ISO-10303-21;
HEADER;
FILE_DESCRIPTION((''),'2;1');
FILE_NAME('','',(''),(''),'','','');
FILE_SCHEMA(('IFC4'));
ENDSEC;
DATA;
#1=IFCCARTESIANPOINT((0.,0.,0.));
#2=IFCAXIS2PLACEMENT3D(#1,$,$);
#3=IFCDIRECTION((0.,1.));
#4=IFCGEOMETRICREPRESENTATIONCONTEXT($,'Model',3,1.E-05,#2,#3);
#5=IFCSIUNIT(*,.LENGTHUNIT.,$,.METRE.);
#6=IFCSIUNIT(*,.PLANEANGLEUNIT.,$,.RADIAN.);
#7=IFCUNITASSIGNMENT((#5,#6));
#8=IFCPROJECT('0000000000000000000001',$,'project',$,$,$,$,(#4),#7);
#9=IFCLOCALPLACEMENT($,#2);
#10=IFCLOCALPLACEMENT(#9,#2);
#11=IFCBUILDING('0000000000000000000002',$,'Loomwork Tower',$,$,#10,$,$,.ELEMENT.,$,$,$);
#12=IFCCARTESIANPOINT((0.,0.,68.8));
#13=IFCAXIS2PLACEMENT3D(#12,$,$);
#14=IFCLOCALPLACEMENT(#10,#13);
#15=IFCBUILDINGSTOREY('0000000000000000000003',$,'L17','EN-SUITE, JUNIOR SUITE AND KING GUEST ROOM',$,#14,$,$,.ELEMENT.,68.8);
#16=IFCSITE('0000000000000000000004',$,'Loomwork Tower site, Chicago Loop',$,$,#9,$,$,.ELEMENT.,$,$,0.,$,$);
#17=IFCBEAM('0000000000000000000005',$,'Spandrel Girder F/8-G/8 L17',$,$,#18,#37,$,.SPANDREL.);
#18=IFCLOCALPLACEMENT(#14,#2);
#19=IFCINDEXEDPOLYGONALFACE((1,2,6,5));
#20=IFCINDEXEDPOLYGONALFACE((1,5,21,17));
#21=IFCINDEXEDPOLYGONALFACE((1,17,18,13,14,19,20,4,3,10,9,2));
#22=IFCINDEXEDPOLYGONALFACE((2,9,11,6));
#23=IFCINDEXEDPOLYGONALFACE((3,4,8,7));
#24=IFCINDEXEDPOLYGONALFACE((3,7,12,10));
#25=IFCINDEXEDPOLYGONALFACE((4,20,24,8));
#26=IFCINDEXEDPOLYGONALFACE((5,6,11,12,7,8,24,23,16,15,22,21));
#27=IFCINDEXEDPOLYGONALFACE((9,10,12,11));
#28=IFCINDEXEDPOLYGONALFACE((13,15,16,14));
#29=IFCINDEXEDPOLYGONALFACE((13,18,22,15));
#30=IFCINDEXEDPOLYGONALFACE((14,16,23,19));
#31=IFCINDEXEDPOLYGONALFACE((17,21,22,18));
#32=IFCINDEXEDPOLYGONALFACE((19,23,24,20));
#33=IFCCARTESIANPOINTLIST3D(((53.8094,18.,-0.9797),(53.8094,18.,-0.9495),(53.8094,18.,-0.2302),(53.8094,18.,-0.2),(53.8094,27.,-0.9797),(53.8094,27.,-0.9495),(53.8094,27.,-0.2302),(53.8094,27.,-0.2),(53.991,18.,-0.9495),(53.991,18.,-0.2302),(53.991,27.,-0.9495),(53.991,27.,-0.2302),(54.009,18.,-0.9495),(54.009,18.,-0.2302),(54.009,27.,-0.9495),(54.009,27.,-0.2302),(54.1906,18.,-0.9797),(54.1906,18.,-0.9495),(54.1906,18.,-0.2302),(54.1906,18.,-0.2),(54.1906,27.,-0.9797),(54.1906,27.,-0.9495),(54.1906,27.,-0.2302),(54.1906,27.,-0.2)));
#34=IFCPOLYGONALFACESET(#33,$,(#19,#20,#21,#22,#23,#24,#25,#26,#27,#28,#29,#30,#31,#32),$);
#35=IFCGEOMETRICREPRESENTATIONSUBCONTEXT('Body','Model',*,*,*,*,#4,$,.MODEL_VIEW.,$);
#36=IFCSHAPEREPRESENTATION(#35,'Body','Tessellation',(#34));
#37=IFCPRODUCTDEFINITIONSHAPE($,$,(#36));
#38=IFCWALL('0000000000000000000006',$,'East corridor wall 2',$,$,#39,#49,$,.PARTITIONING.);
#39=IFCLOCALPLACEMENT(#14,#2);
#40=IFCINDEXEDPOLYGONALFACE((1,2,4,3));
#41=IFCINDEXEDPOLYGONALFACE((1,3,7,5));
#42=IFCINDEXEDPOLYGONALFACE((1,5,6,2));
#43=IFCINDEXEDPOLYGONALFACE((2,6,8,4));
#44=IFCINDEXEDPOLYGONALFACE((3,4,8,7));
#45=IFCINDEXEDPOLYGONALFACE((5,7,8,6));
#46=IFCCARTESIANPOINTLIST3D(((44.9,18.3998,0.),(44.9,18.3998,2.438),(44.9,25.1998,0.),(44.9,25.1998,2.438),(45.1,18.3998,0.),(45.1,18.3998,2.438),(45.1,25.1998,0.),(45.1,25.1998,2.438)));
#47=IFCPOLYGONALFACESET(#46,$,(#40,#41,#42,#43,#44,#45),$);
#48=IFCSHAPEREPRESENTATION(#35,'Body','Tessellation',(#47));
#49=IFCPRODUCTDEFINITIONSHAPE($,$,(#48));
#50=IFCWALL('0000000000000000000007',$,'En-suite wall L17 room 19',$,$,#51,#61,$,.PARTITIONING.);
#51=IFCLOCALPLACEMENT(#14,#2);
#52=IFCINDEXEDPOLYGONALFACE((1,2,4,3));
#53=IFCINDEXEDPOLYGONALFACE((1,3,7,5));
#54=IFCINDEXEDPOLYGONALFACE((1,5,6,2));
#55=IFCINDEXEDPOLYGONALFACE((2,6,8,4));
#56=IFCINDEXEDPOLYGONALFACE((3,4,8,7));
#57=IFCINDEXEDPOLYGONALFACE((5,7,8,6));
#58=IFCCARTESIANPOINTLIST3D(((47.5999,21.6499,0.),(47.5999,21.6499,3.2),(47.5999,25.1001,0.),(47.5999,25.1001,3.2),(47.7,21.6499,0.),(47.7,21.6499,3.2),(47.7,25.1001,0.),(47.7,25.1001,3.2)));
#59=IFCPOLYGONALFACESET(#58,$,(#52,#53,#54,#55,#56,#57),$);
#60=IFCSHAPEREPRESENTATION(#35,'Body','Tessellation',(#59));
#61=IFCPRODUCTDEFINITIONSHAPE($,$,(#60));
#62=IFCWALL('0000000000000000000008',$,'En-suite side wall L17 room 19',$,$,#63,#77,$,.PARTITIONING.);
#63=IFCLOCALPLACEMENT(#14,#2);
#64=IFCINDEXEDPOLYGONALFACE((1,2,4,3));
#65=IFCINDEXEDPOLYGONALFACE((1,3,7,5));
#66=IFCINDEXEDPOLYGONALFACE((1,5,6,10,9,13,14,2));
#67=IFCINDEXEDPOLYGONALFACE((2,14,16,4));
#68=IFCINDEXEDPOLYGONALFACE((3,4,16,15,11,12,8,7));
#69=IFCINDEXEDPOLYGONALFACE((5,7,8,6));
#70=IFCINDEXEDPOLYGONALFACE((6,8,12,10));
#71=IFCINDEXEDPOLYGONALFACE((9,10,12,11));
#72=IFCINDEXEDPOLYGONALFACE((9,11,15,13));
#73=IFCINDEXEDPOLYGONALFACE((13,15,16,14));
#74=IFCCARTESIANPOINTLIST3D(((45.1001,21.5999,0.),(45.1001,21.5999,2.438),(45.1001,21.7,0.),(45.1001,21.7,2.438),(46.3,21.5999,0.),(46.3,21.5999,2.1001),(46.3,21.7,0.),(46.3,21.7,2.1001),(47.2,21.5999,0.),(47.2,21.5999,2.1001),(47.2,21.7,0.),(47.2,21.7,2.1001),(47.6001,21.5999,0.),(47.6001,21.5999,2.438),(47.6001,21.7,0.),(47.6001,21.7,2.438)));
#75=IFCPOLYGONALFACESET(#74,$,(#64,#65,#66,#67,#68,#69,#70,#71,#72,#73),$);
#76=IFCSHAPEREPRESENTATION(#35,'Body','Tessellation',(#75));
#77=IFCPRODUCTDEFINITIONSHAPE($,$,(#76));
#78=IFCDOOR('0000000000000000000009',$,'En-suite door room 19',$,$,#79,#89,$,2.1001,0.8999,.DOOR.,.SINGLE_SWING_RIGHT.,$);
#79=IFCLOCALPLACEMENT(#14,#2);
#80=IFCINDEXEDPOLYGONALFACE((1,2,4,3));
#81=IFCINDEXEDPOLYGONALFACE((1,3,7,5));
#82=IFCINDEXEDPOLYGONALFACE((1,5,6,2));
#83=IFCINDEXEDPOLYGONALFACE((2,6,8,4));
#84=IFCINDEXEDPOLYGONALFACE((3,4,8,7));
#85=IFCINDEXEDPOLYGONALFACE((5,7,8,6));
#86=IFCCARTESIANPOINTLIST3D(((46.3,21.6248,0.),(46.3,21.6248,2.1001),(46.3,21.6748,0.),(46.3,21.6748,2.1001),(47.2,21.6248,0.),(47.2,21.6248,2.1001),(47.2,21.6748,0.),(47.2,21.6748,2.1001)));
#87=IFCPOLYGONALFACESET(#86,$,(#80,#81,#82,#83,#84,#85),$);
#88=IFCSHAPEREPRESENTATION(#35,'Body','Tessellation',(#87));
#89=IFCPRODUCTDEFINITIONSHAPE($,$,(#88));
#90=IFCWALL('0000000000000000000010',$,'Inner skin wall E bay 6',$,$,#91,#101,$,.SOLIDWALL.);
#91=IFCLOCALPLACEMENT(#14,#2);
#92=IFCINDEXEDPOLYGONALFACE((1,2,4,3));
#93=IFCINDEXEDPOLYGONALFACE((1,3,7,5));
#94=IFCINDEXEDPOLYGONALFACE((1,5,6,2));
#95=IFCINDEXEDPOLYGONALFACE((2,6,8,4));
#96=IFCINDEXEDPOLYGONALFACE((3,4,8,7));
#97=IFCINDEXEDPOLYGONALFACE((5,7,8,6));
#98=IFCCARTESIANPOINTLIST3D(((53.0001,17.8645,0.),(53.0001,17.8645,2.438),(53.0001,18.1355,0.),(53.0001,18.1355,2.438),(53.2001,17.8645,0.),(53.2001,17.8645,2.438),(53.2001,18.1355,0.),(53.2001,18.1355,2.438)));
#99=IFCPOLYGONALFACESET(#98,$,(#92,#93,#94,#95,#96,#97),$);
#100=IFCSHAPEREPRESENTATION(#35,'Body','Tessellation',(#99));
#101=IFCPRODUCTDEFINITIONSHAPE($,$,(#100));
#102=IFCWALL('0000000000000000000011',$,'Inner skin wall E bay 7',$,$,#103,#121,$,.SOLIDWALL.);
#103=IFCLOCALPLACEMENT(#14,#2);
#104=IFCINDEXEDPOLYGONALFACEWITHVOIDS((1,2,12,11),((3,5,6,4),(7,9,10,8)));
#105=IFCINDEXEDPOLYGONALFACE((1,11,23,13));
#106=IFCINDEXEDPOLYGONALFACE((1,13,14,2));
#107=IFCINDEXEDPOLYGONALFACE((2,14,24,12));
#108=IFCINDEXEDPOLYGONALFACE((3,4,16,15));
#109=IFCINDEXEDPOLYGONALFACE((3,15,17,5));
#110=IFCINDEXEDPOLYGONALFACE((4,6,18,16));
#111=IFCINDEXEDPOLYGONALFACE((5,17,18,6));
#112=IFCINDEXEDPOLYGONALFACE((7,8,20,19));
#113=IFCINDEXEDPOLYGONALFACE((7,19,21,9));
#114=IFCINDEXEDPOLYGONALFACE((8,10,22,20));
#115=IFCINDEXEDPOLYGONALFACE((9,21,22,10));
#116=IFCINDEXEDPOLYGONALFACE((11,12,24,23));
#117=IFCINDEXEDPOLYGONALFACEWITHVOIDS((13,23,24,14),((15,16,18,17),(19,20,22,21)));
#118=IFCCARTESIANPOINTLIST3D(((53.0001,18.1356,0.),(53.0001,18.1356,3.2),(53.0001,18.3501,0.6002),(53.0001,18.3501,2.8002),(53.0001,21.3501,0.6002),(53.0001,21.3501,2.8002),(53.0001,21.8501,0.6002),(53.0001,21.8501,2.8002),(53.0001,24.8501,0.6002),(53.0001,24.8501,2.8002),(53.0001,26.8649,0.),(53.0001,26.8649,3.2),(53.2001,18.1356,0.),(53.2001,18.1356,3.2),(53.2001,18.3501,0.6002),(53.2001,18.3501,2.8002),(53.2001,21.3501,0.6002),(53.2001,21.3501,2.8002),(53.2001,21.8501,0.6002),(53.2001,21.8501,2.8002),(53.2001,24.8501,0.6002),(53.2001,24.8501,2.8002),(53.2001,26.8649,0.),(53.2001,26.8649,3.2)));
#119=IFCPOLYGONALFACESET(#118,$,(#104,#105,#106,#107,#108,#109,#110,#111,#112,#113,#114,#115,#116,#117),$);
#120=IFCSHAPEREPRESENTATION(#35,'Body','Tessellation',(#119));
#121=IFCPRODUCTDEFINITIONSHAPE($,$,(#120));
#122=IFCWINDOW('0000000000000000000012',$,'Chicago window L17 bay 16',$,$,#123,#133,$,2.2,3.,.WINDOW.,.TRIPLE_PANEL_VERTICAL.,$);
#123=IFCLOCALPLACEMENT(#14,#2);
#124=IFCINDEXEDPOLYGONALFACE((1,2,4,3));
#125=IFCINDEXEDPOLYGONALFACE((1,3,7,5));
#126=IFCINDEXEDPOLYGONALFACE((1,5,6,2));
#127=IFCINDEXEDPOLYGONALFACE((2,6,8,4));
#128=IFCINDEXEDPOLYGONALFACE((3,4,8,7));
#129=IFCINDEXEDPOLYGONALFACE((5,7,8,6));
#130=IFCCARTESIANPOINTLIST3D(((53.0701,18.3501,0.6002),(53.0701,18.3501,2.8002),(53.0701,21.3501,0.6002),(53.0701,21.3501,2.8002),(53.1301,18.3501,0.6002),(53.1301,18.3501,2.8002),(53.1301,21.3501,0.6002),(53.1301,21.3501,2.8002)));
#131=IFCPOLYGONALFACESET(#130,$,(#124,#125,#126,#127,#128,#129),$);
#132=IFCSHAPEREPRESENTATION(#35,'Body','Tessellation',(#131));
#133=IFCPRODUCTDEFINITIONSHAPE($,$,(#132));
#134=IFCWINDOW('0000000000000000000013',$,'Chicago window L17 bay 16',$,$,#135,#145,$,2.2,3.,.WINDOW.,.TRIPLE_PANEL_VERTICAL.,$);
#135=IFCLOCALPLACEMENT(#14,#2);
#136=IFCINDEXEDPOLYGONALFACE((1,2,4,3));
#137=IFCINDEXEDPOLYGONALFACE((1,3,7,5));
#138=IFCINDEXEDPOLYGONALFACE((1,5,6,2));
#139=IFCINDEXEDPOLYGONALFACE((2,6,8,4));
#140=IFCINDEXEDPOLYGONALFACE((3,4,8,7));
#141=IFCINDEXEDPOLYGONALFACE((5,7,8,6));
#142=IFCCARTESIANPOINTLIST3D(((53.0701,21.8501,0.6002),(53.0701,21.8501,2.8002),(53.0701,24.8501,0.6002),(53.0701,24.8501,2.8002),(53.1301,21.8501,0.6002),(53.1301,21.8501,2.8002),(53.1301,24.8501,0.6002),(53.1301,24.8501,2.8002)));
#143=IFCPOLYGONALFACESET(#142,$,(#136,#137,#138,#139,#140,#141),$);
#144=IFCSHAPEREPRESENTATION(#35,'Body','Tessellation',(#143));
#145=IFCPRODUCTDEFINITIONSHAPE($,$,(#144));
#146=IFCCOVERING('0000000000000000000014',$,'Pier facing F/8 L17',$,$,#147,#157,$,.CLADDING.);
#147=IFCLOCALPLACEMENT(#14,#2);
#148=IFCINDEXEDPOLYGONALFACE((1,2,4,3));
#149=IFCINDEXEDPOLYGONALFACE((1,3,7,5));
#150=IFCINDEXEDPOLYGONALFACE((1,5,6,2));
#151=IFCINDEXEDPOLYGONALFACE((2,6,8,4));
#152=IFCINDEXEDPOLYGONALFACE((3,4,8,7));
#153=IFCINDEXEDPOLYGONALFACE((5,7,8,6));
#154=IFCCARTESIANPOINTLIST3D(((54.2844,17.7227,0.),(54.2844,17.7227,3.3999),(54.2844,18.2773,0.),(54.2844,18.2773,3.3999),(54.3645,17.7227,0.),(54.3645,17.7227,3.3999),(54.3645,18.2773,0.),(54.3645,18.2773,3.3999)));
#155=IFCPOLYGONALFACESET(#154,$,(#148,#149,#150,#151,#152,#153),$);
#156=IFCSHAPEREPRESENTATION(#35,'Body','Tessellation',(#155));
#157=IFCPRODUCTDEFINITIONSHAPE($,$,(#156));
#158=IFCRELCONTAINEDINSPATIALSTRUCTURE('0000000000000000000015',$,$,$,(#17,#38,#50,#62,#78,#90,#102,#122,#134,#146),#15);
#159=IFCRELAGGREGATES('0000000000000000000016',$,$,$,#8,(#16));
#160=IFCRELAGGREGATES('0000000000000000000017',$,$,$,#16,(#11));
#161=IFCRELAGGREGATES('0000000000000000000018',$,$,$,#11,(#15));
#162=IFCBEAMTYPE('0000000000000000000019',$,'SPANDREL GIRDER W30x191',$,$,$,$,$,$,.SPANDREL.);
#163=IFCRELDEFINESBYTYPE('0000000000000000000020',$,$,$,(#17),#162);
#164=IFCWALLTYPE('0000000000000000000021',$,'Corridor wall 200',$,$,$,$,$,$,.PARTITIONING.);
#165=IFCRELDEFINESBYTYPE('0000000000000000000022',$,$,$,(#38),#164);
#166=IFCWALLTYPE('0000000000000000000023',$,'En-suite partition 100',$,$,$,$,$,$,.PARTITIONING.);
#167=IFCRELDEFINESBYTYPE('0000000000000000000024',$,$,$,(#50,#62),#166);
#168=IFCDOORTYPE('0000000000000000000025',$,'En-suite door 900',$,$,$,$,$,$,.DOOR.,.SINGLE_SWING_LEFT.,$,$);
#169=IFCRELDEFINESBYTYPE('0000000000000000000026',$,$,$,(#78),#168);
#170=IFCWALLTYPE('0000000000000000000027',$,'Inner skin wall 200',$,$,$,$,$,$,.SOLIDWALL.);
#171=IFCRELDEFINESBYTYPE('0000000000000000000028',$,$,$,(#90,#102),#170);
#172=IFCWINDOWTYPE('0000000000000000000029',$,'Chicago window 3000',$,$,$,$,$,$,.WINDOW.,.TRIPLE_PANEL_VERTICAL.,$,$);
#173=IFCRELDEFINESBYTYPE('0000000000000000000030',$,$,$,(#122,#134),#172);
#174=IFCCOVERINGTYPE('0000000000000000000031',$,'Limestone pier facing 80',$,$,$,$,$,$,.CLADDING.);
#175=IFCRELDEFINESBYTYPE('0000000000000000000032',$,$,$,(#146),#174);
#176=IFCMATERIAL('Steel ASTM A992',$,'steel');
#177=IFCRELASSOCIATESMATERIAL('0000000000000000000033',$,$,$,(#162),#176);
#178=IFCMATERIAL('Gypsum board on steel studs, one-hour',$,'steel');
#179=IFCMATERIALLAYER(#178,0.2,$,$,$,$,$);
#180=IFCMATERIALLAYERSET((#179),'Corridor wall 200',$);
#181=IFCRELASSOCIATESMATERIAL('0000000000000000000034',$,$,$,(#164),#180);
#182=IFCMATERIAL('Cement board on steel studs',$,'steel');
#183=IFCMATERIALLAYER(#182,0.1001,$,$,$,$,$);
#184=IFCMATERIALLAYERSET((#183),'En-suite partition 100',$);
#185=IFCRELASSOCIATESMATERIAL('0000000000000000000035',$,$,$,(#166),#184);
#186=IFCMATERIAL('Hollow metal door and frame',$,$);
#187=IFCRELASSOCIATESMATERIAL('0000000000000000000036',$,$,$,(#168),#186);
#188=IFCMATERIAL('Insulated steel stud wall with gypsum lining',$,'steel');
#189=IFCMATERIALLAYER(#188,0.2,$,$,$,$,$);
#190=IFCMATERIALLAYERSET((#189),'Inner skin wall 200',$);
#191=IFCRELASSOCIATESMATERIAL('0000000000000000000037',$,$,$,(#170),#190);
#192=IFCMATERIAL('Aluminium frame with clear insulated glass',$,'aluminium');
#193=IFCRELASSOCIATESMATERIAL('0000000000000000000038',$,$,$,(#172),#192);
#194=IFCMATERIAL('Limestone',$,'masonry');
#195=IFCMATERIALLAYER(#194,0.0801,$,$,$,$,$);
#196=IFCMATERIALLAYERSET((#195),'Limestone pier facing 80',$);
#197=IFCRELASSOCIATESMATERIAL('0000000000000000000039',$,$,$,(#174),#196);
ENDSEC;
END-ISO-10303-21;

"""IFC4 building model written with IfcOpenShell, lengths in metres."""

from ifc_helpers import new_model, si_unit, direction, frame, frame_2d, origin, origin_2d, place, context, subcontext, project, spatial, rectangle, i_section, extrude, material, layer, layer_set, material_profile, profile_set, type_object, element, fill, save


model = new_model("IFC4")

# Units and contexts
model_context = context("Model", 3, precision=1e-05, world=origin(), true_north=direction((0.0, 1.0)))
body_context = subcontext(model_context, "Body", "Model", "MODEL_VIEW")
ifc_project = project(units=[si_unit("LENGTHUNIT", "METRE"), si_unit("PLANEANGLEUNIT", "RADIAN")], contexts=[model_context])

# Site, building, storey
site_placement = place(None, origin())
site = spatial("IfcSite", under=ifc_project, at=site_placement, Name="Loomwork Tower site, Chicago Loop", CompositionType="ELEMENT", RefElevation=0.0)
building_placement = place(site_placement, origin())
building = spatial("IfcBuilding", under=site, at=building_placement, Name="Loomwork Tower", CompositionType="ELEMENT")
storey_placement = place(building_placement, frame((0.0, 0.0, 68.8)))
storey = spatial("IfcBuildingStorey", under=building, at=storey_placement, Name="L17", Description="EN-SUITE, JUNIOR SUITE AND KING GUEST ROOM", CompositionType="ELEMENT", Elevation=68.8)

# Beam
ifc_material_1 = material(Name="Steel ASTM A992", Category="steel")
ifc_material_profile_1 = material_profile(ifc_material_1, i_section(OverallWidth=0.3811, OverallDepth=0.7798, WebThickness=0.0181, FlangeThickness=0.0303, at=origin_2d()), Name="W30x191")
ifc_profile_set_1 = profile_set([ifc_material_profile_1], Name="Steel ASTM A992")
beam_type_1 = type_object("IfcBeamType", Name="SPANDREL GIRDER W30x191", PredefinedType="SPANDREL", material=ifc_profile_set_1)
beam_1_placement = place(storey_placement, frame((54.0, 18.0, -0.5898), z_axis=(0.0, 1.0, 0.0), x_axis=(-1.0, 0.0, 0.0)))
element("IfcBeam", 1, at=beam_1_placement, inside=storey, type_object=beam_type_1, Name="Spandrel Girder F/8-G/8 L17", PredefinedType="SPANDREL", context=body_context, shape_type="SweptSolid", body=[
    extrude(i_section(OverallWidth=0.3811, OverallDepth=0.7798, WebThickness=0.0181, FlangeThickness=0.0303, at=origin_2d()), origin(), (0.0, 0.0, 1.0), 9.0),
])

# Walls
ifc_material_2 = material(Name="Gypsum board on steel studs, one-hour", Category="steel")
ifc_layer_1 = layer(ifc_material_2, 0.2)
ifc_layer_set_1 = layer_set([ifc_layer_1], Name="Corridor wall 200")
wall_type_1 = type_object("IfcWallType", Name="Corridor wall 200", PredefinedType="PARTITIONING", material=ifc_layer_set_1)
wall_1_placement = place(storey_placement, frame((45.0, 18.3999, 0.0), z_axis=(0.0, 0.0, 1.0), x_axis=(0.0, 1.0, 0.0)))
element("IfcWall", 2, at=wall_1_placement, inside=storey, type_object=wall_type_1, Name="East corridor wall 2", PredefinedType="PARTITIONING", context=body_context, shape_type="SweptSolid", body=[
    extrude(rectangle(XDim=6.8, YDim=0.2, at=frame_2d((3.3999, 0.0))), origin(), (0.0, 0.0, 1.0), 2.438),
])
ifc_material_3 = material(Name="Cement board on steel studs", Category="steel")
ifc_layer_2 = layer(ifc_material_3, 0.1001)
ifc_layer_set_2 = layer_set([ifc_layer_2], Name="En-suite partition 100")
wall_type_2 = type_object("IfcWallType", Name="En-suite partition 100", PredefinedType="PARTITIONING", material=ifc_layer_set_2)
wall_2_placement = place(storey_placement, frame((47.6499, 21.6499, 0.0), z_axis=(0.0, 0.0, 1.0), x_axis=(0.0, 1.0, 0.0)))
element("IfcWall", 3, at=wall_2_placement, inside=storey, type_object=wall_type_2, Name="En-suite wall L17 room 19", PredefinedType="PARTITIONING", context=body_context, shape_type="SweptSolid", body=[
    extrude(rectangle(XDim=3.4502, YDim=0.1001, at=frame_2d((1.7251, 0.0))), origin(), (0.0, 0.0, 1.0), 3.2),
])

# Wall, opening, door
wall_3_placement = place(storey_placement, frame((45.1001, 21.6499, 0.0), z_axis=(0.0, 0.0, 1.0), x_axis=(1.0, 0.0, 0.0)))
wall_3 = element("IfcWall", 4, at=wall_3_placement, inside=storey, type_object=wall_type_2, Name="En-suite side wall L17 room 19", PredefinedType="PARTITIONING", context=body_context, shape_type="SweptSolid", body=[
    extrude(rectangle(XDim=2.5, YDim=0.1001, at=frame_2d((1.25, 0.0))), origin(), (0.0, 0.0, 1.0), 2.438),
])
opening_1_placement = place(wall_3_placement, frame((1.2, 0.0, 0.0)))
opening_1 = element("IfcOpeningElement", 5, at=opening_1_placement, cuts=wall_3, PredefinedType="OPENING", context=body_context, shape_type="SweptSolid", body=[
    extrude(rectangle(XDim=0.8999, YDim=2.1001, at=frame_2d((0.45, 1.05))), frame((0.0, 0.0601, 0.0), z_axis=(0.0, -1.0, 0.0), x_axis=(1.0, 0.0, 0.0)), (0.0, 0.0, 1.0), 0.1201),
])
ifc_material_4 = material(Name="Hollow metal door and frame")
door_type = type_object("IfcDoorType", Name="En-suite door 900", OperationType="SINGLE_SWING_LEFT", PredefinedType="DOOR", material=ifc_material_4)
door_placement = place(opening_1_placement, origin())
door = element("IfcDoor", 6, at=door_placement, inside=storey, type_object=door_type, Name="En-suite door room 19", OperationType="SINGLE_SWING_RIGHT", OverallHeight=2.1001, OverallWidth=0.8999, PredefinedType="DOOR", context=body_context, shape_type="SweptSolid", body=[
    extrude(rectangle(XDim=0.8999, YDim=2.1001, at=frame_2d((0.45, 1.05))), frame((0.0, 0.0249, 0.0), z_axis=(0.0, -1.0, 0.0), x_axis=(1.0, 0.0, 0.0)), (0.0, 0.0, 1.0), 0.05),
])
fill(opening_1, door)

# Wall
ifc_material_5 = material(Name="Insulated steel stud wall with gypsum lining", Category="steel")
ifc_layer_3 = layer(ifc_material_5, 0.2)
ifc_layer_set_3 = layer_set([ifc_layer_3], Name="Inner skin wall 200")
wall_type_3 = type_object("IfcWallType", Name="Inner skin wall 200", PredefinedType="SOLIDWALL", material=ifc_layer_set_3)
wall_4_placement = place(storey_placement, frame((53.1001, 17.8645, 0.0), z_axis=(0.0, 0.0, 1.0), x_axis=(0.0, 1.0, 0.0)))
element("IfcWall", 7, at=wall_4_placement, inside=storey, type_object=wall_type_3, Name="Inner skin wall E bay 6", PredefinedType="SOLIDWALL", context=body_context, shape_type="SweptSolid", body=[
    extrude(rectangle(XDim=0.271, YDim=0.2, at=frame_2d((0.1355, 0.0))), origin(), (0.0, 0.0, 1.0), 2.438),
])

# Wall, openings, windows
wall_5_placement = place(storey_placement, frame((53.1001, 18.1355, 0.0), z_axis=(0.0, 0.0, 1.0), x_axis=(0.0, 1.0, 0.0)))
wall_5 = element("IfcWall", 8, at=wall_5_placement, inside=storey, type_object=wall_type_3, Name="Inner skin wall E bay 7", PredefinedType="SOLIDWALL", context=body_context, shape_type="SweptSolid", body=[
    extrude(rectangle(XDim=8.7292, YDim=0.2, at=frame_2d((4.3647, 0.0))), origin(), (0.0, 0.0, 1.0), 3.2),
])
opening_2_placement = place(wall_5_placement, frame((0.2146, 0.0, 0.6001)))
opening_2 = element("IfcOpeningElement", 9, at=opening_2_placement, cuts=wall_5, PredefinedType="OPENING", context=body_context, shape_type="SweptSolid", body=[
    extrude(rectangle(XDim=3.0, YDim=2.2, at=frame_2d((1.5, 1.1001))), frame((0.0, 0.1099, 0.0), z_axis=(0.0, -1.0, 0.0), x_axis=(1.0, 0.0, 0.0)), (0.0, 0.0, 1.0), 0.22),
])
opening_3_placement = place(wall_5_placement, frame((3.7146, 0.0, 0.6001)))
opening_3 = element("IfcOpeningElement", 10, at=opening_3_placement, cuts=wall_5, PredefinedType="OPENING", context=body_context, shape_type="SweptSolid", body=[
    extrude(rectangle(XDim=3.0, YDim=2.2, at=frame_2d((1.5, 1.1001))), frame((0.0, 0.1099, 0.0), z_axis=(0.0, -1.0, 0.0), x_axis=(1.0, 0.0, 0.0)), (0.0, 0.0, 1.0), 0.22),
])
ifc_material_6 = material(Name="Aluminium frame with clear insulated glass", Category="aluminium")
window_type = type_object("IfcWindowType", Name="Chicago window 3000", PartitioningType="TRIPLE_PANEL_VERTICAL", PredefinedType="WINDOW", material=ifc_material_6)
window_1_placement = place(opening_2_placement, origin())
window_1 = element("IfcWindow", 11, at=window_1_placement, inside=storey, type_object=window_type, Name="Chicago window L17 bay 16", OverallHeight=2.2, OverallWidth=3.0, PartitioningType="TRIPLE_PANEL_VERTICAL", PredefinedType="WINDOW", context=body_context, shape_type="SweptSolid", body=[
    extrude(rectangle(XDim=3.0, YDim=2.2, at=frame_2d((1.5, 1.1001))), frame((0.0, 0.03, 0.0), z_axis=(0.0, -1.0, 0.0), x_axis=(1.0, 0.0, 0.0)), (0.0, 0.0, 1.0), 0.0601),
])
fill(opening_2, window_1)
window_2_placement = place(opening_3_placement, origin())
window_2 = element("IfcWindow", 12, at=window_2_placement, inside=storey, type_object=window_type, Name="Chicago window L17 bay 16", OverallHeight=2.2, OverallWidth=3.0, PartitioningType="TRIPLE_PANEL_VERTICAL", PredefinedType="WINDOW", context=body_context, shape_type="SweptSolid", body=[
    extrude(rectangle(XDim=3.0, YDim=2.2, at=frame_2d((1.5, 1.1001))), frame((0.0, 0.03, 0.0), z_axis=(0.0, -1.0, 0.0), x_axis=(1.0, 0.0, 0.0)), (0.0, 0.0, 1.0), 0.0601),
])
fill(opening_3, window_2)

# Covering
ifc_material_7 = material(Name="Limestone", Category="masonry")
ifc_layer_4 = layer(ifc_material_7, 0.0801)
ifc_layer_set_4 = layer_set([ifc_layer_4], Name="Limestone pier facing 80")
covering_type = type_object("IfcCoveringType", Name="Limestone pier facing 80", PredefinedType="CLADDING", material=ifc_layer_set_4)
covering_placement = place(storey_placement, frame((54.3245, 18.0, 0.0), z_axis=(0.0, 0.0, 1.0), x_axis=(1.0, 0.0, 0.0)))
element("IfcCovering", 13, at=covering_placement, inside=storey, type_object=covering_type, Name="Pier facing F/8 L17", PredefinedType="CLADDING", context=body_context, shape_type="SweptSolid", body=[
    extrude(rectangle(XDim=0.0801, YDim=0.5547, at=origin_2d()), origin(), (0.0, 0.0, 1.0), 3.3999),
])

save(model, "model.ifc")
